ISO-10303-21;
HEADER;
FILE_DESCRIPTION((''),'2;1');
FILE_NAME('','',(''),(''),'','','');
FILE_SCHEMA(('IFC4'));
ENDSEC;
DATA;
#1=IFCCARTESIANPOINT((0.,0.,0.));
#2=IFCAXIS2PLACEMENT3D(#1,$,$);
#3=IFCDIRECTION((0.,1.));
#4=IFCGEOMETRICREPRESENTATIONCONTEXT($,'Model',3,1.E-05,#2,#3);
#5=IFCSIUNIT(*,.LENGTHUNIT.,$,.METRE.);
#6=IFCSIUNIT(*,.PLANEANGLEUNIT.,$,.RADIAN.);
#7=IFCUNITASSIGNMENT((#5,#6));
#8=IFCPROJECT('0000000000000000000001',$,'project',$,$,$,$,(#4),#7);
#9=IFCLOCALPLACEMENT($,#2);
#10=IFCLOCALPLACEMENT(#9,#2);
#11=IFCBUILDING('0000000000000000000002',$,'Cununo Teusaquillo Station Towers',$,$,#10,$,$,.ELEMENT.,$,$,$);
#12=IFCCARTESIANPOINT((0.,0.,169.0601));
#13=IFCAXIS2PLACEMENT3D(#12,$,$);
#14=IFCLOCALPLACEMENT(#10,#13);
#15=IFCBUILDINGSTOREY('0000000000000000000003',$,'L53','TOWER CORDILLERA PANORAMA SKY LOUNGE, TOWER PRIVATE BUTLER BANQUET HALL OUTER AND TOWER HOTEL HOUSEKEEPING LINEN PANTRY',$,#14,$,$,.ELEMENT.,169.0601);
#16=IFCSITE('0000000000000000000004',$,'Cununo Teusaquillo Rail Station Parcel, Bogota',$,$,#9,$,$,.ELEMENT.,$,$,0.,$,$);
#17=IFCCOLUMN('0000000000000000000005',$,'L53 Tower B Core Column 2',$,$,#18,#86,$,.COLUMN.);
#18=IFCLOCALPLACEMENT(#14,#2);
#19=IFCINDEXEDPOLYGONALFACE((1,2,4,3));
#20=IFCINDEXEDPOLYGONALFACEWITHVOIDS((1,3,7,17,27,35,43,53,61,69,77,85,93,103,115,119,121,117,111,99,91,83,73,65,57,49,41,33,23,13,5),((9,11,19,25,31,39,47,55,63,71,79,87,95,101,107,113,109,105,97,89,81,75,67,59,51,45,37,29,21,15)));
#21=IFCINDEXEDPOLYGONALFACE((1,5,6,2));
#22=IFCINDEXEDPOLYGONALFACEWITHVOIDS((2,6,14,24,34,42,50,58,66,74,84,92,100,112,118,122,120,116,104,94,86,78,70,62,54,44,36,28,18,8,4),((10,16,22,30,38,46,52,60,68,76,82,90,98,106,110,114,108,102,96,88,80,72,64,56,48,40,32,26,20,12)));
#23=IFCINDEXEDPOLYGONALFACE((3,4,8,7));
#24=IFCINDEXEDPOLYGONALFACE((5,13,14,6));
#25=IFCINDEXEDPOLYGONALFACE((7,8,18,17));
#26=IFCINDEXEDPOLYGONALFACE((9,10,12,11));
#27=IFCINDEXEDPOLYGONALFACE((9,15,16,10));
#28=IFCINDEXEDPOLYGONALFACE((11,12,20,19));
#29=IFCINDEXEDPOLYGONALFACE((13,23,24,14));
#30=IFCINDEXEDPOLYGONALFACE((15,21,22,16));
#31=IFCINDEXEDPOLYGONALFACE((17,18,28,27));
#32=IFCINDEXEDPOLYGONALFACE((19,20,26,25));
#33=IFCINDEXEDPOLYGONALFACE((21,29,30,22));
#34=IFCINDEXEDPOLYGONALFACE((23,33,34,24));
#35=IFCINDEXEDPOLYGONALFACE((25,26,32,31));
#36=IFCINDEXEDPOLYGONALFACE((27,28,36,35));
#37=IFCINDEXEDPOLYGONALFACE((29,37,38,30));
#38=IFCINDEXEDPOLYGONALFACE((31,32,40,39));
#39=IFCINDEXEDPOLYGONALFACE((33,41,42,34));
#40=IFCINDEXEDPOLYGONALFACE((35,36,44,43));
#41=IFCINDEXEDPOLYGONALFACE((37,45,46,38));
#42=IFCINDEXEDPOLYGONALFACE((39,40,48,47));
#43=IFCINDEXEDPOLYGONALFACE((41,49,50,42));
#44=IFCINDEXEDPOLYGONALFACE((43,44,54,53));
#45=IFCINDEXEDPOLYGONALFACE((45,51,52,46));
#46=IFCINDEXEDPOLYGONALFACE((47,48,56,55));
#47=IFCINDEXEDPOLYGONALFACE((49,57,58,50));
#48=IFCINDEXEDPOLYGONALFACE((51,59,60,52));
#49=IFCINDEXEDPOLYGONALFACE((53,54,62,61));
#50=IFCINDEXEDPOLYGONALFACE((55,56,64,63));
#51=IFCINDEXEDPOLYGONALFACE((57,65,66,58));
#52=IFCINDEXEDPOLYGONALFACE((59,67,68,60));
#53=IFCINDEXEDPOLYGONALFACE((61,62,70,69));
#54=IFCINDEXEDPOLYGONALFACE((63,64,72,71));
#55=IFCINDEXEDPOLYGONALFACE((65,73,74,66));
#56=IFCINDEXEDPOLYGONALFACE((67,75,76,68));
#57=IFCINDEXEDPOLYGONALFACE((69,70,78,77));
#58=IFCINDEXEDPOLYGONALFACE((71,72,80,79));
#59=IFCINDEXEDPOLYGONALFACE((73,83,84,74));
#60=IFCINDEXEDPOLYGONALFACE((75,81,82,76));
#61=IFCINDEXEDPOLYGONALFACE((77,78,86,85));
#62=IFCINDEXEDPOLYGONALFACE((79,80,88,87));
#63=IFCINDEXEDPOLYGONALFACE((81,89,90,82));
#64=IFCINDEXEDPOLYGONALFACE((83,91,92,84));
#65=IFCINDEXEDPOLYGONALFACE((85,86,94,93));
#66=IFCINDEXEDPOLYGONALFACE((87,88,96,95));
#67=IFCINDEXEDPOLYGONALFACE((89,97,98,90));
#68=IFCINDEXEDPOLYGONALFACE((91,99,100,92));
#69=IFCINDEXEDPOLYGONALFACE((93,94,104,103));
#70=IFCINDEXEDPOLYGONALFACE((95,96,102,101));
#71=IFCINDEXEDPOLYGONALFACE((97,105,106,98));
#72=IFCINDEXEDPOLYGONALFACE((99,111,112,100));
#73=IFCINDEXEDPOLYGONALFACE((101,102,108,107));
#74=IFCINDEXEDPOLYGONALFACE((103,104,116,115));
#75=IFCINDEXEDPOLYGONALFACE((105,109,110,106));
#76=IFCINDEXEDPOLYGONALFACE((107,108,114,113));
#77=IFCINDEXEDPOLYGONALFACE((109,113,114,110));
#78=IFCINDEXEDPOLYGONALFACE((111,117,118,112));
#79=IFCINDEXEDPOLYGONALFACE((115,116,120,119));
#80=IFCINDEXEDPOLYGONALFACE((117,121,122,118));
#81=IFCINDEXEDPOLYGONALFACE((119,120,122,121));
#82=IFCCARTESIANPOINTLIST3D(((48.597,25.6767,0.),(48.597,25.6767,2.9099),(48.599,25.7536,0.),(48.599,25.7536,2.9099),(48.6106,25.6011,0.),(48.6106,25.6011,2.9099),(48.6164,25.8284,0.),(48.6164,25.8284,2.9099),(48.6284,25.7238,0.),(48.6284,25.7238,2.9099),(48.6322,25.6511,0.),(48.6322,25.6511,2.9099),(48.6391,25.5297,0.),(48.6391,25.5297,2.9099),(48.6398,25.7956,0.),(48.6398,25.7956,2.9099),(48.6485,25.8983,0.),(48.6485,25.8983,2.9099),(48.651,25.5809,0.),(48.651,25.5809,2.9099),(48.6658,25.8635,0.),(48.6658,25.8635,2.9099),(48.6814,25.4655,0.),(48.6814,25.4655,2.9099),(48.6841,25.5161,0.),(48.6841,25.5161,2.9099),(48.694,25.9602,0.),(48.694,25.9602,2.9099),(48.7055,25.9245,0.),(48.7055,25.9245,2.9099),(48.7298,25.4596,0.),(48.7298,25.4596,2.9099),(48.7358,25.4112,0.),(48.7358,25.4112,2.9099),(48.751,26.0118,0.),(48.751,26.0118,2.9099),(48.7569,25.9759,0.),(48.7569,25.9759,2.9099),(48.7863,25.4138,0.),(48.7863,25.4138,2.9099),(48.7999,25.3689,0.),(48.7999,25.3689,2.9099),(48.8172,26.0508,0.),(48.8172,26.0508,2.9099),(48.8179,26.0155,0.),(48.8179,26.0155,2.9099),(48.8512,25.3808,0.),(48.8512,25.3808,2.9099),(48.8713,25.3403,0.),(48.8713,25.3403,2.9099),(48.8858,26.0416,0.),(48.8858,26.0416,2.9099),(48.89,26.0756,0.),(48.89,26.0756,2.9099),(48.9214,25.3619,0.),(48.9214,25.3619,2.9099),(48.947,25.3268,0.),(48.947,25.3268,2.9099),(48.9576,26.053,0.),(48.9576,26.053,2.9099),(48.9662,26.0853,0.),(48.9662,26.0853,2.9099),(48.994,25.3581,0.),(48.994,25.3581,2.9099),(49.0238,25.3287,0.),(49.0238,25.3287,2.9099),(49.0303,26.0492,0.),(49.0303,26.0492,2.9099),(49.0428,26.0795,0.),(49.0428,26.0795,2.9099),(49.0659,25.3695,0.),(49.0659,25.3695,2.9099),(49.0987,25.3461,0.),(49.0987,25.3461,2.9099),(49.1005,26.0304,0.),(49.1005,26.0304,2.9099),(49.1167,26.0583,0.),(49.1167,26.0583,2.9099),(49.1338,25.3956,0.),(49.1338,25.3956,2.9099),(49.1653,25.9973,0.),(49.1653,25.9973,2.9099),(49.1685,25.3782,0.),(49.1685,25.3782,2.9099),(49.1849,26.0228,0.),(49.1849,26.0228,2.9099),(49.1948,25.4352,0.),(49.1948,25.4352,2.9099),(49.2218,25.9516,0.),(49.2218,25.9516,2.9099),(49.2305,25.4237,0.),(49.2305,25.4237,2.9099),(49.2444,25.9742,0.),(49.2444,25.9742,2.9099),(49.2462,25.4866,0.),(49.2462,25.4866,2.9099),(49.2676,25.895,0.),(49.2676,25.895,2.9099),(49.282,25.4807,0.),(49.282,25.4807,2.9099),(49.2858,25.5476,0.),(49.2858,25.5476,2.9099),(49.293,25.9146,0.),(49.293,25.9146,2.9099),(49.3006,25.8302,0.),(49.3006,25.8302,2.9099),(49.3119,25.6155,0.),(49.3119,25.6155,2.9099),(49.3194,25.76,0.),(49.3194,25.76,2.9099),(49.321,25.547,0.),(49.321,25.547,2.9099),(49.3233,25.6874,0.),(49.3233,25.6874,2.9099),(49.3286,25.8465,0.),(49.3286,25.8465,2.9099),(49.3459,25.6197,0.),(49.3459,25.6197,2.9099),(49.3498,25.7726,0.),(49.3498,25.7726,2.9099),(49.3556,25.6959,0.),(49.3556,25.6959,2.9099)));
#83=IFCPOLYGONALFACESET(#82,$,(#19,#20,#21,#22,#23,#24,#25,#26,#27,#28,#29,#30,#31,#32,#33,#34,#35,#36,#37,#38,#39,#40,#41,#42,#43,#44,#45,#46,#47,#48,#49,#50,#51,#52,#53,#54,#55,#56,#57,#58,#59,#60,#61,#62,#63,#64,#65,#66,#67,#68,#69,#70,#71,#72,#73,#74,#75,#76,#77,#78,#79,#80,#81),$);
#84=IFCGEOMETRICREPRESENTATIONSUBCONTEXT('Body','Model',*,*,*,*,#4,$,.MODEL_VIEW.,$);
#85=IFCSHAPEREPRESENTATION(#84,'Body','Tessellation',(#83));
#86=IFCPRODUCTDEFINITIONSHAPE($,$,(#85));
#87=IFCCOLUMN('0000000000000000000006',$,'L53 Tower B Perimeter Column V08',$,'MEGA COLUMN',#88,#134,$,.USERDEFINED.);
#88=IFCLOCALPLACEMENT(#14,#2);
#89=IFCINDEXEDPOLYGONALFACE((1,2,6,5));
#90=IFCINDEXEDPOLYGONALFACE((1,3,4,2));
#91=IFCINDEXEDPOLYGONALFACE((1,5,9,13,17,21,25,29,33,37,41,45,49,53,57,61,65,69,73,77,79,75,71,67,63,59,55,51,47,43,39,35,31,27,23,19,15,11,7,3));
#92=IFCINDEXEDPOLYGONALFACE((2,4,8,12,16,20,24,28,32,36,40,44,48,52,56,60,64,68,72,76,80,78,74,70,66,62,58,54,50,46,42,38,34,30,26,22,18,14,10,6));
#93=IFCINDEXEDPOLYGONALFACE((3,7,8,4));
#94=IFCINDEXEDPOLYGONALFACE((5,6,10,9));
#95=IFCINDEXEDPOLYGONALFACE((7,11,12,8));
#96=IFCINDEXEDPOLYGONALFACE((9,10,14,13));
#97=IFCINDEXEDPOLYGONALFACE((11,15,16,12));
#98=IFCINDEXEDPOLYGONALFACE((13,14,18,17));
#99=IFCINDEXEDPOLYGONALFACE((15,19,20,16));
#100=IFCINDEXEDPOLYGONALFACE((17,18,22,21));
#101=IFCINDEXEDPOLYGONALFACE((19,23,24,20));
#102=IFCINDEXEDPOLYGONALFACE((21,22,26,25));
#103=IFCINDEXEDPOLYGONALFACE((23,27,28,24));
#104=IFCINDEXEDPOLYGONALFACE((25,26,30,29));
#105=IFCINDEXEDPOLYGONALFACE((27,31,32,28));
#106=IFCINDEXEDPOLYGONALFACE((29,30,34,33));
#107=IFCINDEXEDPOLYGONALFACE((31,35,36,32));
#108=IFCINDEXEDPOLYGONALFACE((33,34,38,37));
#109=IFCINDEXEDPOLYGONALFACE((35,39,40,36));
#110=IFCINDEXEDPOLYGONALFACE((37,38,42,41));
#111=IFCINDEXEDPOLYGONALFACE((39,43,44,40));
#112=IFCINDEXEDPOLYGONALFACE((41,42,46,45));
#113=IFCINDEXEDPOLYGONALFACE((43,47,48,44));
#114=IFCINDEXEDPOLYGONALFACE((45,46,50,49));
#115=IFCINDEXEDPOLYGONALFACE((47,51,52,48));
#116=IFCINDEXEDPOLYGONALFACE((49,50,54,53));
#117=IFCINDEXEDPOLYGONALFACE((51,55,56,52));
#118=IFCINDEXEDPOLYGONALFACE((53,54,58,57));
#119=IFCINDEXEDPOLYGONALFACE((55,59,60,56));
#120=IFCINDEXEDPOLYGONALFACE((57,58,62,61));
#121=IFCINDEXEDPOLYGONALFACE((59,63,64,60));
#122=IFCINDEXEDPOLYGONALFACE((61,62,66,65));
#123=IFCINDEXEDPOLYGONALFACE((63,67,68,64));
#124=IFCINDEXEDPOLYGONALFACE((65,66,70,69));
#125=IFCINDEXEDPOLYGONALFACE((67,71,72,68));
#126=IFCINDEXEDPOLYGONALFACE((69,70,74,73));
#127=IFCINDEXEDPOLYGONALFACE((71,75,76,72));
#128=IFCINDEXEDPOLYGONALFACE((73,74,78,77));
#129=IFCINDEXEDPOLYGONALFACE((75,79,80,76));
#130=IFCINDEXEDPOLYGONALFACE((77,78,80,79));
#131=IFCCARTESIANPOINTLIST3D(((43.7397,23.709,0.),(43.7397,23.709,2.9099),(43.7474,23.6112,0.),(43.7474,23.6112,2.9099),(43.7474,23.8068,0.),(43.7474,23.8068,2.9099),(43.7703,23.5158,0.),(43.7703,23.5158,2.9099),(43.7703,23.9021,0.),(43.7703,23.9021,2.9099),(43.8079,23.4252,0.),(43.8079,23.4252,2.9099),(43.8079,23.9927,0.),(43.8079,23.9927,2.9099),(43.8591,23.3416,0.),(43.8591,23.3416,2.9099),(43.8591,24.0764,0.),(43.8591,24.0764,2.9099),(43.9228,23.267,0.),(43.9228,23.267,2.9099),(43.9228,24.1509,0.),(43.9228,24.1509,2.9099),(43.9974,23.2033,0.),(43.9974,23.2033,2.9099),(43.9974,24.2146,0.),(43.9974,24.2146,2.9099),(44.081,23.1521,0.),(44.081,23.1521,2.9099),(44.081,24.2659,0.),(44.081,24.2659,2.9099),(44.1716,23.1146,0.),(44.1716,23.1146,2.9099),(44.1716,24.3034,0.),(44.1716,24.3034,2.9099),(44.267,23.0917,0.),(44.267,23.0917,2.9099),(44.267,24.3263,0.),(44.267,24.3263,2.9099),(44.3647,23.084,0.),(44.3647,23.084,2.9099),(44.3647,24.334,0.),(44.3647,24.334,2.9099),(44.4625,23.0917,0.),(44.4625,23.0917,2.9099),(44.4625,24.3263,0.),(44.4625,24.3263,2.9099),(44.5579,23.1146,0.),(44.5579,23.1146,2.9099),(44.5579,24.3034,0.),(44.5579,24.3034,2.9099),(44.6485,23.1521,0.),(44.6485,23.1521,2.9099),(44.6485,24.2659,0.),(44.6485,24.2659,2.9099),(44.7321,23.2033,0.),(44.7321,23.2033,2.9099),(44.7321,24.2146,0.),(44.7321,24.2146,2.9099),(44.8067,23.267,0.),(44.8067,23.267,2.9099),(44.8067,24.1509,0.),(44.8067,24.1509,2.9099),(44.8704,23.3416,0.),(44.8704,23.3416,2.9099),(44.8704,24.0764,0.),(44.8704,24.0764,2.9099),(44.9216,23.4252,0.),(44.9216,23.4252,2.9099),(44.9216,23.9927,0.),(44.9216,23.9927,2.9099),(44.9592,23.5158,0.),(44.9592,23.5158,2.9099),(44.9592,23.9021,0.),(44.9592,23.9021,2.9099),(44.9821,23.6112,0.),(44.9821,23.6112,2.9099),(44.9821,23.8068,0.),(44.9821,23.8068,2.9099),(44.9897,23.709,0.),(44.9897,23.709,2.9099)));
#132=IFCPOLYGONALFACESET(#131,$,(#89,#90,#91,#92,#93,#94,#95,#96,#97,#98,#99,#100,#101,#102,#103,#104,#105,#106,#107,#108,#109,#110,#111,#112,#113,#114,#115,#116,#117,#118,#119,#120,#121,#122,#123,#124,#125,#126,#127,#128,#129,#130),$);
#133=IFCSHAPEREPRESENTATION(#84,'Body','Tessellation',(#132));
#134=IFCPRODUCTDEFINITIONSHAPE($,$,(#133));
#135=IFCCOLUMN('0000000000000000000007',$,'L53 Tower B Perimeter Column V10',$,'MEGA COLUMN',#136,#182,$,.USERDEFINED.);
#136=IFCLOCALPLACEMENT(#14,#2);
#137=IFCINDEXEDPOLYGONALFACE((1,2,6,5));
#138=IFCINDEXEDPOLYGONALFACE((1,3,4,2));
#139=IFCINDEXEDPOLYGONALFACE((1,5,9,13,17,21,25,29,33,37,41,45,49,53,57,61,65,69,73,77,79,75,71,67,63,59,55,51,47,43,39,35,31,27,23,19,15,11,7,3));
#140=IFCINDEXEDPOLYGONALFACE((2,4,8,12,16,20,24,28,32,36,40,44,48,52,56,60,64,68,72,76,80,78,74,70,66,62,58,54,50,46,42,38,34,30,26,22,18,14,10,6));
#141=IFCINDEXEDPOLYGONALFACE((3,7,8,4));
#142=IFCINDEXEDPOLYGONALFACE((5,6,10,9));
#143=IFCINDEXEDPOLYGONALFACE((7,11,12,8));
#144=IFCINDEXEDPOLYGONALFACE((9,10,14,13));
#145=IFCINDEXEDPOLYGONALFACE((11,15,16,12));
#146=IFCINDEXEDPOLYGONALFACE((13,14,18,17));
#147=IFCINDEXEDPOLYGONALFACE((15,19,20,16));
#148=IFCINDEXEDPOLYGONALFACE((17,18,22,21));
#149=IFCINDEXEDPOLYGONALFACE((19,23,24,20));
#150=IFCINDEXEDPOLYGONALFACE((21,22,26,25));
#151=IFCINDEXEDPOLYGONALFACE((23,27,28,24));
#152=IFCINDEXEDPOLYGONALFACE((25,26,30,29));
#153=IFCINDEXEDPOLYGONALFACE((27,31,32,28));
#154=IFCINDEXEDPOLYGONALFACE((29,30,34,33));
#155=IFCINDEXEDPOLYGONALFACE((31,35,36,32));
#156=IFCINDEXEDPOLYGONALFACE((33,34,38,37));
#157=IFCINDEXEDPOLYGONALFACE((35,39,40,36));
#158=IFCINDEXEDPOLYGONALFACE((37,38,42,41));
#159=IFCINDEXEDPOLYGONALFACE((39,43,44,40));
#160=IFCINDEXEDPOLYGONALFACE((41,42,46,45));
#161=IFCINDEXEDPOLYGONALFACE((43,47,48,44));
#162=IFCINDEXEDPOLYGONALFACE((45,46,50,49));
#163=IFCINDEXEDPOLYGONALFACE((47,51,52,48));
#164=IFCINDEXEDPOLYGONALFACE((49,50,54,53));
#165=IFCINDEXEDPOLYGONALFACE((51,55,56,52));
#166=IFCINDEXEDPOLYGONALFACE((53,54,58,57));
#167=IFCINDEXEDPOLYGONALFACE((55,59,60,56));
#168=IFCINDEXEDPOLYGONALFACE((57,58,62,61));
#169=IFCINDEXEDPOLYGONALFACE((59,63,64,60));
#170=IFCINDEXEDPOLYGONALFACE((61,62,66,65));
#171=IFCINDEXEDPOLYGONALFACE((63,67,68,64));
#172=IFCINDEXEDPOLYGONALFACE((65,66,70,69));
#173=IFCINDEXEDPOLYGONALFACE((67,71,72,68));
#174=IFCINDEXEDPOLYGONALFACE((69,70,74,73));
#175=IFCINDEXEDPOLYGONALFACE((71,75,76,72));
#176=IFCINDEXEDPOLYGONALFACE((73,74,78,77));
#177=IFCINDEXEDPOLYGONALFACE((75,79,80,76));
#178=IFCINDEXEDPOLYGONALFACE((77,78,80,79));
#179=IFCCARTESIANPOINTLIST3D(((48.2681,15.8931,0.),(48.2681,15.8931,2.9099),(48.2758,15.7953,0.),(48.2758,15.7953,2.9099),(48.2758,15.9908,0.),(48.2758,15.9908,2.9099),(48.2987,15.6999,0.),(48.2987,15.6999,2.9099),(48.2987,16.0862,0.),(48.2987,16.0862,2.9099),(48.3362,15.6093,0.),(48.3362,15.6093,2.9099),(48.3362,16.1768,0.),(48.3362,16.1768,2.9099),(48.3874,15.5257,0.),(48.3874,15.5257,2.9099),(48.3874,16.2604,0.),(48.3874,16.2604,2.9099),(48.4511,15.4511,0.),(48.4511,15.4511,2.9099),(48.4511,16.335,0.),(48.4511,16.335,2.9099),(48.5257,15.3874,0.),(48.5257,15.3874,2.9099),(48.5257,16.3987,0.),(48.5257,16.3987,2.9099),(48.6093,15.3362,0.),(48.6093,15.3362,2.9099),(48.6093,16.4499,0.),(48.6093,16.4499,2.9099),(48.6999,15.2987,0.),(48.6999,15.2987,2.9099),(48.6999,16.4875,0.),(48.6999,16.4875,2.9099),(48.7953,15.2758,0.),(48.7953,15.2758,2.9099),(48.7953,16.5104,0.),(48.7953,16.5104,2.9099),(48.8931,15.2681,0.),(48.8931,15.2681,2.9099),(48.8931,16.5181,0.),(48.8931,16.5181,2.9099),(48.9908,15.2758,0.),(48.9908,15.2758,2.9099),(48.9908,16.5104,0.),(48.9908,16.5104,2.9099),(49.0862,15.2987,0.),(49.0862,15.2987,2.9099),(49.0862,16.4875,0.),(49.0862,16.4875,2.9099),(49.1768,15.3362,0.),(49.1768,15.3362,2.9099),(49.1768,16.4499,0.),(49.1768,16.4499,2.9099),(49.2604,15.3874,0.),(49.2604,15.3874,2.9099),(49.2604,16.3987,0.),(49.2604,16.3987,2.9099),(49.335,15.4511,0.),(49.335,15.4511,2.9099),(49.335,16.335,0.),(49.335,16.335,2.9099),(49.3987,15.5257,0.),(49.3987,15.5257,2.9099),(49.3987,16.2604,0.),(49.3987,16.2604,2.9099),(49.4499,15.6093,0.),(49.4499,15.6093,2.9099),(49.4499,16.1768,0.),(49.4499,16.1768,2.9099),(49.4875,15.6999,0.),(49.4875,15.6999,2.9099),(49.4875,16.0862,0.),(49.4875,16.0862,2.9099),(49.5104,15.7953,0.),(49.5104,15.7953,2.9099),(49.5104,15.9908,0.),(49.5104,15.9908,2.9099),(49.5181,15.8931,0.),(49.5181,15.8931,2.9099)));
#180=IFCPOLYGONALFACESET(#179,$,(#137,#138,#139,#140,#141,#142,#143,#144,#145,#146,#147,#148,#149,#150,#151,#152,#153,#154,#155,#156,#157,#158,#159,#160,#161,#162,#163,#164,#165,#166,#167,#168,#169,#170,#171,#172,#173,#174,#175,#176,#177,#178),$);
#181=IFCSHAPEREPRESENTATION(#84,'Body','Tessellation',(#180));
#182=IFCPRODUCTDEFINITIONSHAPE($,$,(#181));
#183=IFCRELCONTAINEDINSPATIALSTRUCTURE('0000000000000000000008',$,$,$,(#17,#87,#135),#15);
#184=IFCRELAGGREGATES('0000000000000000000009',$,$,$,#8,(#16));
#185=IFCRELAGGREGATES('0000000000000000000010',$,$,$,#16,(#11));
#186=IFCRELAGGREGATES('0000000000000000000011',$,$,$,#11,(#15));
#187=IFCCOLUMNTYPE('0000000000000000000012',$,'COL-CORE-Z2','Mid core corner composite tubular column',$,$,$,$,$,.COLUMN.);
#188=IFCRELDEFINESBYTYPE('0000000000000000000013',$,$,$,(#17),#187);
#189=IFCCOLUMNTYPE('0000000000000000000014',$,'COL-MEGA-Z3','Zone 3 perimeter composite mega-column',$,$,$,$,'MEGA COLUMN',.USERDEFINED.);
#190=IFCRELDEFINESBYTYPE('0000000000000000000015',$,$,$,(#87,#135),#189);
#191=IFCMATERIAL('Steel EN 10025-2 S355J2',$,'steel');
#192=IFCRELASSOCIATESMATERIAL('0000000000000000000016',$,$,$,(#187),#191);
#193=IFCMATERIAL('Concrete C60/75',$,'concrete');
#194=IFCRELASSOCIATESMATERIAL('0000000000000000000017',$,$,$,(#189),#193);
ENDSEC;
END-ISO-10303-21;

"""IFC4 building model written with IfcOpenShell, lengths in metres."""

from ifc_helpers import new_model, si_unit, direction, frame, origin, origin_2d, place, context, subcontext, project, spatial, circle, hollow_circle, extrude, material, material_profile, profile_set, type_object, element, save


model = new_model("IFC4")

# Units and contexts
model_context = context("Model", 3, precision=1e-05, world=origin(), true_north=direction((0.0, 1.0)))
body_context = subcontext(model_context, "Body", "Model", "MODEL_VIEW")
ifc_project = project(units=[si_unit("LENGTHUNIT", "METRE"), si_unit("PLANEANGLEUNIT", "RADIAN")], contexts=[model_context])

# Site, building, storey
site_placement = place(None, origin())
site = spatial("IfcSite", under=ifc_project, at=site_placement, Name="Cununo Teusaquillo Rail Station Parcel, Bogota", CompositionType="ELEMENT", RefElevation=0.0)
building_placement = place(site_placement, origin())
building = spatial("IfcBuilding", under=site, at=building_placement, Name="Cununo Teusaquillo Station Towers", CompositionType="ELEMENT")
storey_placement = place(building_placement, frame((0.0, 0.0, 169.0601)))
storey = spatial("IfcBuildingStorey", under=building, at=storey_placement, Name="L53", Description="TOWER CORDILLERA PANORAMA SKY LOUNGE, TOWER PRIVATE BUTLER BANQUET HALL OUTER AND TOWER HOTEL HOUSEKEEPING LINEN PANTRY", CompositionType="ELEMENT", Elevation=169.0601)

# Columns
ifc_material_1 = material(Name="Steel EN 10025-2 S355J2", Category="steel")
ifc_material_profile_1 = material_profile(ifc_material_1, hollow_circle(Radius=0.3799, WallThickness=0.032, at=origin_2d()), Name="CHS 760x32")
ifc_profile_set_1 = profile_set([ifc_material_profile_1], Name="Steel EN 10025-2 S355J2")
column_type_1 = type_object("IfcColumnType", Name="COL-CORE-Z2", Description="Mid core corner composite tubular column", PredefinedType="COLUMN", material=ifc_profile_set_1)
column_placement = place(storey_placement, frame((48.9758, 25.7056, 0.0), z_axis=(0.0, 0.0, 1.0), x_axis=(0.707107, 0.707107, 0.0)))
element("IfcColumn", 1, at=column_placement, inside=storey, type_object=column_type_1, Name="L53 Tower B Core Column 2", PredefinedType="COLUMN", context=body_context, shape_type="SweptSolid", body=[
    extrude(hollow_circle(Radius=0.3799, WallThickness=0.032, at=origin_2d()), origin(), (0.0, 0.0, 1.0), 2.9099),
])
ifc_material_2 = material(Name="Concrete C60/75", Category="concrete")
ifc_material_profile_2 = material_profile(ifc_material_2, circle(Radius=0.625, at=origin_2d()), Name="RC-CIRC-1250")
ifc_profile_set_2 = profile_set([ifc_material_profile_2], Name="Concrete C60/75")
column_type_2 = type_object("IfcColumnType", Name="COL-MEGA-Z3", Description="Zone 3 perimeter composite mega-column", ElementType="MEGA COLUMN", PredefinedType="USERDEFINED", material=ifc_profile_set_2)
for number, where, z_axis, x_axis, name in (
    (2, (44.3647, 23.709, 0.0), (0.0, 0.0, 1.0), (1.0, 0.0, 0.0), "L53 Tower B Perimeter Column V08"),
    (3, (48.8931, 15.8931, 0.0), (0.0, 0.0, 1.0), (1.0, 0.0, 0.0), "L53 Tower B Perimeter Column V10"),
):
    element("IfcColumn", number, at=place(storey_placement, frame(where, z_axis=z_axis, x_axis=x_axis)), inside=storey, type_object=column_type_2, Name=name, ObjectType="MEGA COLUMN", PredefinedType="USERDEFINED", context=body_context, shape_type="SweptSolid", body=[
        extrude(circle(Radius=0.625, at=origin_2d()), origin(), (0.0, 0.0, 1.0), 2.9099),
    ])

save(model, "model.ifc")
